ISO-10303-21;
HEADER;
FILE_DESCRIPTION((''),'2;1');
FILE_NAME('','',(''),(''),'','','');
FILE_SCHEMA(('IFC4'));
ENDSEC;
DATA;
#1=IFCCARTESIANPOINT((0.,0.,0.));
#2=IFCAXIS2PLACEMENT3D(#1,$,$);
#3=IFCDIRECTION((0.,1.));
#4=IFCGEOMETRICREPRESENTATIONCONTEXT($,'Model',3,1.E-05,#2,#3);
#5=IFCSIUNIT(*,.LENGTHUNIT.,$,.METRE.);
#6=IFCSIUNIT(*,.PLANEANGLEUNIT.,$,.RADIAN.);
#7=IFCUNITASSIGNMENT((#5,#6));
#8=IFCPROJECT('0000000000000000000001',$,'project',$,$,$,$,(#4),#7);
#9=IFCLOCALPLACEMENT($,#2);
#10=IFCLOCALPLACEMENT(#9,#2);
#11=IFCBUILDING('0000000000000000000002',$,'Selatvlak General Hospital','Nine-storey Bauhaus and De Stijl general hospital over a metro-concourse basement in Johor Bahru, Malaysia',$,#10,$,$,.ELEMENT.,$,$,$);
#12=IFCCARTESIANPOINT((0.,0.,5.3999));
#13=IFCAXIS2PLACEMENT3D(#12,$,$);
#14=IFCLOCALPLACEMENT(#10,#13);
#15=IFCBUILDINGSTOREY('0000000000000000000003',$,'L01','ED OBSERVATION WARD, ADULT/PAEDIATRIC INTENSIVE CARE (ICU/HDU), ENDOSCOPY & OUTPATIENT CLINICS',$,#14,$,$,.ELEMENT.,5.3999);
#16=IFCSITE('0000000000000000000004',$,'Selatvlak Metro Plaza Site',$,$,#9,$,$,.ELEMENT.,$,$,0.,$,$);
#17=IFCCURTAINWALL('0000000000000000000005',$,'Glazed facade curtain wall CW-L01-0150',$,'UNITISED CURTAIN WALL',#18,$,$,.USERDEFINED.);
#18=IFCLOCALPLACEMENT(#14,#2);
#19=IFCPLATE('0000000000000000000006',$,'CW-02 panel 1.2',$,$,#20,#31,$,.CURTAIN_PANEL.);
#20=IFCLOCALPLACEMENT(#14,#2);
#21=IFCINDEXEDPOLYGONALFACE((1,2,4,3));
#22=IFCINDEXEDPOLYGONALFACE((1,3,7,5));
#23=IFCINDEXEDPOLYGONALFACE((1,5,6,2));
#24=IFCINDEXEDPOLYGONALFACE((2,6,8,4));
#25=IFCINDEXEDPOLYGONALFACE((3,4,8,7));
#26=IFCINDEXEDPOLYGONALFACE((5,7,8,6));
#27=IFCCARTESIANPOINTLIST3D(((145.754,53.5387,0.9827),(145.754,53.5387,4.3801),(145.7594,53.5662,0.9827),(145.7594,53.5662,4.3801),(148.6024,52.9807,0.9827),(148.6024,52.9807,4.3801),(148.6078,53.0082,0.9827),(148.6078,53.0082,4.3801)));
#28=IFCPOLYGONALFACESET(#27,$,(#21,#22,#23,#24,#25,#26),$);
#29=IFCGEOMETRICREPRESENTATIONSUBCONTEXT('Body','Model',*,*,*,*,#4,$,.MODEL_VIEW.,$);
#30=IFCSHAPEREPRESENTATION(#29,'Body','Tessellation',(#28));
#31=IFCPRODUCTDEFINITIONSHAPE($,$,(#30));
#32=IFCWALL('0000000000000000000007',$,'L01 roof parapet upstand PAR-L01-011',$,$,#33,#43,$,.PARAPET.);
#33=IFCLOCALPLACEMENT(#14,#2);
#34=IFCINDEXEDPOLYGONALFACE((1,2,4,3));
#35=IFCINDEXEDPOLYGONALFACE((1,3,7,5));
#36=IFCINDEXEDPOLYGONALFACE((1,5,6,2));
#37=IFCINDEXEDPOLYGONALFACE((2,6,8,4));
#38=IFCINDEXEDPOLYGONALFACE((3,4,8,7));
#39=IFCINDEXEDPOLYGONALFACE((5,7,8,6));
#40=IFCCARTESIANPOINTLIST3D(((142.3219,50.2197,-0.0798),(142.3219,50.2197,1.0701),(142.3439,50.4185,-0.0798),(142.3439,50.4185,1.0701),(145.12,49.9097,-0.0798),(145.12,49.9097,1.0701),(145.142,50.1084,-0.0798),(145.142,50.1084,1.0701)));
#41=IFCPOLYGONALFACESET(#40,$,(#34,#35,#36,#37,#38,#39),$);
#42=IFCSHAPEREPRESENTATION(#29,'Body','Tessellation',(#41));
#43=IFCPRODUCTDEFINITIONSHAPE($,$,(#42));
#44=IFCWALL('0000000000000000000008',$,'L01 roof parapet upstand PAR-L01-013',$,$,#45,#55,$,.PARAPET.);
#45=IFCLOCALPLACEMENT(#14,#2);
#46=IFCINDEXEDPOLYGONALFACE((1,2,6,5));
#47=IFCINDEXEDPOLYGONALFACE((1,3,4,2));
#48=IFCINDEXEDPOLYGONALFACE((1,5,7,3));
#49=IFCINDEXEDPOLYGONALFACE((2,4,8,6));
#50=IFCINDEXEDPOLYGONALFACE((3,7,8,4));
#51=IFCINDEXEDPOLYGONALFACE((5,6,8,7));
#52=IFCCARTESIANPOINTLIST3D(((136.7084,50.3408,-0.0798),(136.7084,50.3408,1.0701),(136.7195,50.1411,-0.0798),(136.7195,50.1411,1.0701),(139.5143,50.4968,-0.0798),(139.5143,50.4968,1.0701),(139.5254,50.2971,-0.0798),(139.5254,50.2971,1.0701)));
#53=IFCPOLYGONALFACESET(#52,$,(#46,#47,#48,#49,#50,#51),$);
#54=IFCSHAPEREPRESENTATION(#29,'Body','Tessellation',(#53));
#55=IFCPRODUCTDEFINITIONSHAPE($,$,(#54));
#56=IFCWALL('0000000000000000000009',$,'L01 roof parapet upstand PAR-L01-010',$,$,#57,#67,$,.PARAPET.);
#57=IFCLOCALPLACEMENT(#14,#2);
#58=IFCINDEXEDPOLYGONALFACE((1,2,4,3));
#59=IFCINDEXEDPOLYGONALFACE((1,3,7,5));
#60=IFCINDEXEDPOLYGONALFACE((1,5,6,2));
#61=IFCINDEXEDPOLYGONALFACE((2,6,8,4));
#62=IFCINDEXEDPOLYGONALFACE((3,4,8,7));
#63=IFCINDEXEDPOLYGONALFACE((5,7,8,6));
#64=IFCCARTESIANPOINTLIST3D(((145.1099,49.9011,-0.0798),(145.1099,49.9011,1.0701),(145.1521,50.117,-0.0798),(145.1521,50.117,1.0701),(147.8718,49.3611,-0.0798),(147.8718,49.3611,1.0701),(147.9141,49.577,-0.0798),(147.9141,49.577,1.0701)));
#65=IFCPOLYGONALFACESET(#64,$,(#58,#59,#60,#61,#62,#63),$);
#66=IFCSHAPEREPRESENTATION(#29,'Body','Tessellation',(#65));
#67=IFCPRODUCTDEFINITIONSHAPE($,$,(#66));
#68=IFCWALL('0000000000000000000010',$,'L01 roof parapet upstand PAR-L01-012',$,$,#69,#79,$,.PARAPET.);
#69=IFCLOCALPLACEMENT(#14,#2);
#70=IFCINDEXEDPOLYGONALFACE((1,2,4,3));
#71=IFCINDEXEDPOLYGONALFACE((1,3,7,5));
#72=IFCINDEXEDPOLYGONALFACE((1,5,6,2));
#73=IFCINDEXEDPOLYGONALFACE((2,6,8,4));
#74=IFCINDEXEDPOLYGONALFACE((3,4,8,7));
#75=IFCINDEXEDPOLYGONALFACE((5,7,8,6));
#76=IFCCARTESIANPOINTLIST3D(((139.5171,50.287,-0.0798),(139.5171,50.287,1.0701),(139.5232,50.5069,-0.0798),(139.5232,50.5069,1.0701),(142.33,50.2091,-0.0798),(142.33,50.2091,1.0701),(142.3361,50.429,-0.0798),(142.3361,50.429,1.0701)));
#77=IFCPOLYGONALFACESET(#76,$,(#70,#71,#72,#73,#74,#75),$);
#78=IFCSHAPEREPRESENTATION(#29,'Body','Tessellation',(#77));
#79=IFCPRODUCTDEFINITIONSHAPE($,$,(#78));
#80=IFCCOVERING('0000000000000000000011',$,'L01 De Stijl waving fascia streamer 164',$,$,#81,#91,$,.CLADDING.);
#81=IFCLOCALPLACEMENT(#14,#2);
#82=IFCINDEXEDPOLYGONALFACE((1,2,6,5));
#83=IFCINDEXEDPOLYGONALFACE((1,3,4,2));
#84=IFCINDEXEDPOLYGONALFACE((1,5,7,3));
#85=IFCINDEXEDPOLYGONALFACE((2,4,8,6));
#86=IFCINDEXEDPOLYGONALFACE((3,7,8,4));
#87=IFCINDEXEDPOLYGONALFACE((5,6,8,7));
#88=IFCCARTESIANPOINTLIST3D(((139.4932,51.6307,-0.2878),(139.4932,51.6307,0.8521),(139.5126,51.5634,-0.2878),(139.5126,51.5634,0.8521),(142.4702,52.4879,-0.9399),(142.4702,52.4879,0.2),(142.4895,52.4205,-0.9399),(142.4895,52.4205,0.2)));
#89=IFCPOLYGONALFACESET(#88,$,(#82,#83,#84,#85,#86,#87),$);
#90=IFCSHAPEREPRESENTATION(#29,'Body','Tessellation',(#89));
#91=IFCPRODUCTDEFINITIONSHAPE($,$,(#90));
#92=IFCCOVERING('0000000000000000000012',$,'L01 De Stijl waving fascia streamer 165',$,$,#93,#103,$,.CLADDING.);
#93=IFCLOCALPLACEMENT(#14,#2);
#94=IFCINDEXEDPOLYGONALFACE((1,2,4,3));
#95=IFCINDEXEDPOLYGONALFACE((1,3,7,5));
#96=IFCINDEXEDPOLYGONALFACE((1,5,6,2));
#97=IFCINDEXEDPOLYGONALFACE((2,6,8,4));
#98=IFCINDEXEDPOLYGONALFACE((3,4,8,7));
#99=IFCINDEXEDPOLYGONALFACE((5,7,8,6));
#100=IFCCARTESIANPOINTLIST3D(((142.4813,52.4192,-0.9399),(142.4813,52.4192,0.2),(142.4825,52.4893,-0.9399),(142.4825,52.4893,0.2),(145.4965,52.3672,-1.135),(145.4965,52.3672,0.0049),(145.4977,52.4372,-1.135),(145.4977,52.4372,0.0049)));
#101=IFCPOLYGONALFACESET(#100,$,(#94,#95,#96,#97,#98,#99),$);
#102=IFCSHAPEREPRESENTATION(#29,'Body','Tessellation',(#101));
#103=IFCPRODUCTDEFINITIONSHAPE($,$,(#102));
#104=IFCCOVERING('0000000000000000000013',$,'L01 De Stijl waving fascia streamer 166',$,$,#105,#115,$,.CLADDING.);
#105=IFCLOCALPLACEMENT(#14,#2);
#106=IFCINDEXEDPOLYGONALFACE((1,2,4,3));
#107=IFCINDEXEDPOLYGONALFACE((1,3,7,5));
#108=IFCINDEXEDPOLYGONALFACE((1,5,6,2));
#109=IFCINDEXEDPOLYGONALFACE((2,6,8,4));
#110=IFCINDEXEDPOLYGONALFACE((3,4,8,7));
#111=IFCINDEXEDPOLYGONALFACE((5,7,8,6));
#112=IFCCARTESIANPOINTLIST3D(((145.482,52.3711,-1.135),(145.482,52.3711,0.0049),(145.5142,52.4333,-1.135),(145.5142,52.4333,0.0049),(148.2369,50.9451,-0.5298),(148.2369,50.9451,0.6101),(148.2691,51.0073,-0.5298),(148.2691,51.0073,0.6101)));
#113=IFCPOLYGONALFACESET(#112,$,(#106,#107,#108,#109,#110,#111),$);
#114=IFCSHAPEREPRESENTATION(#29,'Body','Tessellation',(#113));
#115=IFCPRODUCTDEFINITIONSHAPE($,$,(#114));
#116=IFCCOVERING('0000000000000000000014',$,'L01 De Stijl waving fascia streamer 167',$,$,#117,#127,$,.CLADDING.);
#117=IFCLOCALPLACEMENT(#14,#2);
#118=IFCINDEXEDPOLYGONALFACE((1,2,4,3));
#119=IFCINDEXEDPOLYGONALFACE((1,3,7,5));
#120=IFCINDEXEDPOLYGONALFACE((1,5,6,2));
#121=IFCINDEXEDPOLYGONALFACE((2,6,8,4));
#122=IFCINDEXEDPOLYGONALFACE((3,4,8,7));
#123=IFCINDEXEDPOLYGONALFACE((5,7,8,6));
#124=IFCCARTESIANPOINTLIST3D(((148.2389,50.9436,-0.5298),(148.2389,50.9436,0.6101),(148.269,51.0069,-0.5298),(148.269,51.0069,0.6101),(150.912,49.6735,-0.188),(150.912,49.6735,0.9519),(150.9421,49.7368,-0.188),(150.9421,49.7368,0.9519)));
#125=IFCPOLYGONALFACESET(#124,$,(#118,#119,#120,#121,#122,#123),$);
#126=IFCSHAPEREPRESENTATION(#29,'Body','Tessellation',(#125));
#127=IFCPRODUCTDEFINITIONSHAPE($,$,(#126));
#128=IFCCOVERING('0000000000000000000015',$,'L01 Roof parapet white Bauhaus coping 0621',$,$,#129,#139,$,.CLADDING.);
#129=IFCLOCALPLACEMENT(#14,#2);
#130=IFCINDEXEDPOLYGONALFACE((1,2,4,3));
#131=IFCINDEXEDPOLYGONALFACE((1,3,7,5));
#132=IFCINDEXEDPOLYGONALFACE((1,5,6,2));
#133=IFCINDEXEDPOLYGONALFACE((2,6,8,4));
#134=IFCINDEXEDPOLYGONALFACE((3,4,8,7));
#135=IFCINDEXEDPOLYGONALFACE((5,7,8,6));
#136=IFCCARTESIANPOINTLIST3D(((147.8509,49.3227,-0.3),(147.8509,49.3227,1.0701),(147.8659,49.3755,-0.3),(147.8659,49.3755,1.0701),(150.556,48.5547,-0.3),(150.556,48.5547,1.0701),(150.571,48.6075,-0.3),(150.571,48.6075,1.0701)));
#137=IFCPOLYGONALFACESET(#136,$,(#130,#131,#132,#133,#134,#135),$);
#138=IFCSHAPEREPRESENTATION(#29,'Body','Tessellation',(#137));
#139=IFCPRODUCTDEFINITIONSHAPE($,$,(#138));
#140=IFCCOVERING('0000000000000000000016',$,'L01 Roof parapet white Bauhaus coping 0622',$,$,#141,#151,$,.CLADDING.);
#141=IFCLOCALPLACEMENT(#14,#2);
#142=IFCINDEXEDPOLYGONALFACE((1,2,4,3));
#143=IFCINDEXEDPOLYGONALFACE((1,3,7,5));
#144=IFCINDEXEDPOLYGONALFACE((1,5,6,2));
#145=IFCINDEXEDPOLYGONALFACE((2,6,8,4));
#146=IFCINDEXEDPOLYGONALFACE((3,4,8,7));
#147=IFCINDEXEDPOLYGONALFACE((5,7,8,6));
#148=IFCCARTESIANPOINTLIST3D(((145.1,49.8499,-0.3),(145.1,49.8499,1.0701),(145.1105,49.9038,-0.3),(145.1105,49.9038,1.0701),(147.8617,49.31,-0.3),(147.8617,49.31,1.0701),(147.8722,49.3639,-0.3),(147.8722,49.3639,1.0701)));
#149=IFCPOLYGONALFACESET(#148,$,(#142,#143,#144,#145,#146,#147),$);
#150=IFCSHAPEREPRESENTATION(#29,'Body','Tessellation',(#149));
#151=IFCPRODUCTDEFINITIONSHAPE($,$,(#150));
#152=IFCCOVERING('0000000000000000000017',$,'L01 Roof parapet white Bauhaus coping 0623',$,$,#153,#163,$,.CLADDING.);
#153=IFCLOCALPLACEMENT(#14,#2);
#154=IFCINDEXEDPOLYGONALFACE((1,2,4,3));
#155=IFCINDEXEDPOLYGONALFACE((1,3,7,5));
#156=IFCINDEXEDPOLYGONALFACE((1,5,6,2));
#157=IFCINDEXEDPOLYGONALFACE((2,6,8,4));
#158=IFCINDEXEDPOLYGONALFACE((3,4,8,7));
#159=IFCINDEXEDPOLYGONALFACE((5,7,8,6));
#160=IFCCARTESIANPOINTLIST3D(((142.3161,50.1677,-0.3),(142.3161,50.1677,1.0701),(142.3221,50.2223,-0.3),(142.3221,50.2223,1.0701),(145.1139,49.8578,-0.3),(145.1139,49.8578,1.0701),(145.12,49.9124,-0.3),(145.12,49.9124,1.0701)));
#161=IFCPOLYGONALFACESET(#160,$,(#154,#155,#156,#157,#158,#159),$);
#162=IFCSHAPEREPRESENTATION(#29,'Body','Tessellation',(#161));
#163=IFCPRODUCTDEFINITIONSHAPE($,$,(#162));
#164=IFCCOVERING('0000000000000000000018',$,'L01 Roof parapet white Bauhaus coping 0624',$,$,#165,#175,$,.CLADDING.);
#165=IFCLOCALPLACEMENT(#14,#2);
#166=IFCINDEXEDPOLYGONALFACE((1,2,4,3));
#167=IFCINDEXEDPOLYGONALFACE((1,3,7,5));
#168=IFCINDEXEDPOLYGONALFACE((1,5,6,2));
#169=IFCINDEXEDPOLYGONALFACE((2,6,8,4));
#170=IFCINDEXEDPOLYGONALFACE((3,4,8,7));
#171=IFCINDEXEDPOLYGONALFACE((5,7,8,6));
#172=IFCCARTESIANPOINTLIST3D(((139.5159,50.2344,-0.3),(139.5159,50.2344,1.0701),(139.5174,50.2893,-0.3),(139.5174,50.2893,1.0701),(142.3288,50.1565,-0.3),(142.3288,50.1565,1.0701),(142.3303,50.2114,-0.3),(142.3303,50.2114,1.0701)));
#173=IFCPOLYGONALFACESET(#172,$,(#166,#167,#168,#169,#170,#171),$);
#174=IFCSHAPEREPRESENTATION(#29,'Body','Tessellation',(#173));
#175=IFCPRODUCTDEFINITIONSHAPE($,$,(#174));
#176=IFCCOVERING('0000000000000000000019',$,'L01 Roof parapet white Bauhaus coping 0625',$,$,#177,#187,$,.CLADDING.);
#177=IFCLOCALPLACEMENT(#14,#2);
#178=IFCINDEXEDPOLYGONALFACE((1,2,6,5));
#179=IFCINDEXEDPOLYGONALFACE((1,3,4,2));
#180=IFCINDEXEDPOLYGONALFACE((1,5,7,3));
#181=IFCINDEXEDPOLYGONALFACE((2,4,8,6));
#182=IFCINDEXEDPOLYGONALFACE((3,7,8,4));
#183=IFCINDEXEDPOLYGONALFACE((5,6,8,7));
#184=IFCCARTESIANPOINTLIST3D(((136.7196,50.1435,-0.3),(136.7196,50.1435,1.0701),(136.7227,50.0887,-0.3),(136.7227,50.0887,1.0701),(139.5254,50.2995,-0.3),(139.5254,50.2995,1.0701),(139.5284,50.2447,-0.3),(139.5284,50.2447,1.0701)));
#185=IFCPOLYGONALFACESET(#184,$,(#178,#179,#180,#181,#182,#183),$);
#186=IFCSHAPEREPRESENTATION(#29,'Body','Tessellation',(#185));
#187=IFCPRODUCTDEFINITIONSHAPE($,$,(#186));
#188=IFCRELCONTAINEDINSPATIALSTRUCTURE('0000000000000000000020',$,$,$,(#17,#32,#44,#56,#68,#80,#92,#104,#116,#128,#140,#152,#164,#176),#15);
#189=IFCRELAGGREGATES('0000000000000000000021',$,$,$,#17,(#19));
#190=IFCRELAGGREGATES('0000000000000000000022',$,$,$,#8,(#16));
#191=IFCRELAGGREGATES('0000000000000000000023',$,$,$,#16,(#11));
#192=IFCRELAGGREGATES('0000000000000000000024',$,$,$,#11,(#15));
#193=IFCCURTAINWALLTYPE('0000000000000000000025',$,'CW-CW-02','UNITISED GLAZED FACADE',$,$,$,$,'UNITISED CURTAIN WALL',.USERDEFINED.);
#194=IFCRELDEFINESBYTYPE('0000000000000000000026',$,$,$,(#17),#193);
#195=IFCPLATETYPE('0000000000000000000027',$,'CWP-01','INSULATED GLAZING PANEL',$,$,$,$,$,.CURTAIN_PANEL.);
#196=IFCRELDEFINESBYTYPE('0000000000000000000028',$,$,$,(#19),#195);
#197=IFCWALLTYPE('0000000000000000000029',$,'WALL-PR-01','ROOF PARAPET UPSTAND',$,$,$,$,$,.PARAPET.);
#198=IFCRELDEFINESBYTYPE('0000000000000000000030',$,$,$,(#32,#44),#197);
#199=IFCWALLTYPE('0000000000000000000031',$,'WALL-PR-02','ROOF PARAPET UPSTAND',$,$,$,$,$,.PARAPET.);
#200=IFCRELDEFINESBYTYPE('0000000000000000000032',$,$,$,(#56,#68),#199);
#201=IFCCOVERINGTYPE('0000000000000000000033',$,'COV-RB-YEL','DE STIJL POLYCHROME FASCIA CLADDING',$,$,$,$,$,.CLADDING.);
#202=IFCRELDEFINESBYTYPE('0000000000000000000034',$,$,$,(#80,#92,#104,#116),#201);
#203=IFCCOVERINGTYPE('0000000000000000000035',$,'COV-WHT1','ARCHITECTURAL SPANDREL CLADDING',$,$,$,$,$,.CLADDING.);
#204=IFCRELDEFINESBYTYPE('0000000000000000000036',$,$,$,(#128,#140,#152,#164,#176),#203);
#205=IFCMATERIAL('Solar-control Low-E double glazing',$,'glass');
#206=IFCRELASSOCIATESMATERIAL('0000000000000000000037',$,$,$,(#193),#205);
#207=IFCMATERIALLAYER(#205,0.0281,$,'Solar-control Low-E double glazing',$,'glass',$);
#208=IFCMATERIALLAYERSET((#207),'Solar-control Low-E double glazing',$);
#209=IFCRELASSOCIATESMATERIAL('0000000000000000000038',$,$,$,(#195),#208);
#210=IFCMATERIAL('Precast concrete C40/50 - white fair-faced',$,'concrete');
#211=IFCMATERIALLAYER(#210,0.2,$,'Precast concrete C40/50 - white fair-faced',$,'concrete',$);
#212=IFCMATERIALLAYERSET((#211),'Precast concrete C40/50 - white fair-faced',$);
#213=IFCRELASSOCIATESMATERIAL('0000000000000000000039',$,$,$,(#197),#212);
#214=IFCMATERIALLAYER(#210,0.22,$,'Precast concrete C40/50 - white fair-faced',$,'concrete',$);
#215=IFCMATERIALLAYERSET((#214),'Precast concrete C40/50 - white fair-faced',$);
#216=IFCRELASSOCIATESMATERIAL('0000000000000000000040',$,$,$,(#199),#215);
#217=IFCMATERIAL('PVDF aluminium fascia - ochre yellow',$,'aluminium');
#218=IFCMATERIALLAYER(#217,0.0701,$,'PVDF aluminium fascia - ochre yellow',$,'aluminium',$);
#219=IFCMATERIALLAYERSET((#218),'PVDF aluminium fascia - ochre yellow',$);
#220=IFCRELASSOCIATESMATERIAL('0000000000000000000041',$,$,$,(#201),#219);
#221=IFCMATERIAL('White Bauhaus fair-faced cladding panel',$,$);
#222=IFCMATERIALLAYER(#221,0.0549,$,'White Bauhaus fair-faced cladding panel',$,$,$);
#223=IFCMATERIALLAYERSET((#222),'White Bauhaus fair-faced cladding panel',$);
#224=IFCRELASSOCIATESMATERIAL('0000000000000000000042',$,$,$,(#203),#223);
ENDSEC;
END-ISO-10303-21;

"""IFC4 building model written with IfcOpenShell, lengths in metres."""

from ifc_helpers import new_model, si_unit, direction, frame, frame_2d, origin, origin_2d, place, context, subcontext, project, spatial, polyline, rectangle, outline, extrude, material, layer, layer_set, type_object, element, aggregate, save


model = new_model("IFC4")

# Units and contexts
model_context = context("Model", 3, precision=1e-05, world=origin(), true_north=direction((0.0, 1.0)))
body_context = subcontext(model_context, "Body", "Model", "MODEL_VIEW")
ifc_project = project(units=[si_unit("LENGTHUNIT", "METRE"), si_unit("PLANEANGLEUNIT", "RADIAN")], contexts=[model_context])

# Site, building, storey
site_placement = place(None, origin())
site = spatial("IfcSite", under=ifc_project, at=site_placement, Name="Selatvlak Metro Plaza Site", CompositionType="ELEMENT", RefElevation=0.0)
building_placement = place(site_placement, origin())
building = spatial("IfcBuilding", under=site, at=building_placement, Name="Selatvlak General Hospital", Description="Nine-storey Bauhaus and De Stijl general hospital over a metro-concourse basement in Johor Bahru, Malaysia", CompositionType="ELEMENT")
storey_placement = place(building_placement, frame((0.0, 0.0, 5.3999)))
storey = spatial("IfcBuildingStorey", under=building, at=storey_placement, Name="L01", Description="ED OBSERVATION WARD, ADULT/PAEDIATRIC INTENSIVE CARE (ICU/HDU), ENDOSCOPY & OUTPATIENT CLINICS", CompositionType="ELEMENT", Elevation=5.3999)

# Shared definitions
ifc_material_1 = material(Name="Solar-control Low-E double glazing", Category="glass")

# Curtain wall
curtain_wall_type_1 = type_object("IfcCurtainWallType", Name="CW-CW-02", Description="UNITISED GLAZED FACADE", ElementType="UNITISED CURTAIN WALL", PredefinedType="USERDEFINED", material=ifc_material_1)
curtain_wall_1_placement = place(storey_placement, origin())
curtain_wall_1 = element("IfcCurtainWall", 1, at=curtain_wall_1_placement, inside=storey, type_object=curtain_wall_type_1, Name="Glazed facade curtain wall CW-L01-0150", ObjectType="UNITISED CURTAIN WALL", PredefinedType="USERDEFINED")

# Plate
ifc_layer_1 = layer(ifc_material_1, 0.0281, Name="Solar-control Low-E double glazing", Category="glass")
ifc_layer_set_1 = layer_set([ifc_layer_1], Name="Solar-control Low-E double glazing")
plate_type = type_object("IfcPlateType", Name="CWP-01", Description="INSULATED GLAZING PANEL", PredefinedType="CURTAIN_PANEL", material=ifc_layer_set_1)
plate_1_placement = place(storey_placement, frame((147.1809, 53.2734, 0.9827), z_axis=(0.0, 0.0, 1.0), x_axis=(-0.981347, 0.192246, 0.0)))
plate_1 = element("IfcPlate", 2, at=plate_1_placement, type_object=plate_type, Name="CW-02 panel 1.2", PredefinedType="CURTAIN_PANEL", context=body_context, shape_type="SweptSolid", body=[
    extrude(rectangle(XDim=2.9026, YDim=0.0281, at=origin_2d()), origin(), (0.0, 0.0, 1.0), 3.3975),
])
aggregate(curtain_wall_1, [plate_1])

# Walls
ifc_material_2 = material(Name="Precast concrete C40/50 - white fair-faced", Category="concrete")
ifc_layer_2 = layer(ifc_material_2, 0.2, Name="Precast concrete C40/50 - white fair-faced", Category="concrete")
ifc_layer_set_2 = layer_set([ifc_layer_2], Name="Precast concrete C40/50 - white fair-faced")
wall_type_1 = type_object("IfcWallType", Name="WALL-PR-01", Description="ROOF PARAPET UPSTAND", PredefinedType="PARAPET", material=ifc_layer_set_2)
wall_1_placement = place(storey_placement, frame((145.1311, 50.009, -0.0798), z_axis=(0.0, 0.0, 1.0), x_axis=(-0.993916, 0.110136, 0.0)))
element("IfcWall", 3, at=wall_1_placement, inside=storey, type_object=wall_type_1, Name="L01 roof parapet upstand PAR-L01-011", PredefinedType="PARAPET", context=body_context, shape_type="SweptSolid", body=[
    extrude(rectangle(XDim=2.8152, YDim=0.2, at=frame_2d((1.4077, 0.0))), origin(), (0.0, 0.0, 1.0), 1.1499),
])
wall_2_placement = place(storey_placement, frame((139.52, 50.397, -0.0798), z_axis=(0.0, 0.0, 1.0), x_axis=(-0.998458, -0.055513, 0.0)))
element("IfcWall", 4, at=wall_2_placement, inside=storey, type_object=wall_type_1, Name="L01 roof parapet upstand PAR-L01-013", PredefinedType="PARAPET", context=body_context, shape_type="SweptSolid", body=[
    extrude(rectangle(XDim=2.8103, YDim=0.2, at=frame_2d((1.4053, 0.0))), origin(), (0.0, 0.0, 1.0), 1.1499),
])
ifc_layer_3 = layer(ifc_material_2, 0.22, Name="Precast concrete C40/50 - white fair-faced", Category="concrete")
ifc_layer_set_3 = layer_set([ifc_layer_3], Name="Precast concrete C40/50 - white fair-faced")
wall_type_2 = type_object("IfcWallType", Name="WALL-PR-02", Description="ROOF PARAPET UPSTAND", PredefinedType="PARAPET", material=ifc_layer_set_3)
wall_3_placement = place(storey_placement, frame((147.8931, 49.469, -0.0798), z_axis=(0.0, 0.0, 1.0), x_axis=(-0.981416, 0.191894, 0.0)))
element("IfcWall", 5, at=wall_3_placement, inside=storey, type_object=wall_type_2, Name="L01 roof parapet upstand PAR-L01-010", PredefinedType="PARAPET", context=body_context, shape_type="SweptSolid", body=[
    extrude(rectangle(XDim=2.8142, YDim=0.22, at=frame_2d((1.4072, 0.0))), origin(), (0.0, 0.0, 1.0), 1.1499),
])
wall_4_placement = place(storey_placement, frame((142.333, 50.3191, -0.0798), z_axis=(0.0, 0.0, 1.0), x_axis=(-0.999617, 0.027676, 0.0)))
element("IfcWall", 6, at=wall_4_placement, inside=storey, type_object=wall_type_2, Name="L01 roof parapet upstand PAR-L01-012", PredefinedType="PARAPET", context=body_context, shape_type="SweptSolid", body=[
    extrude(rectangle(XDim=2.814, YDim=0.22, at=frame_2d((1.407, 0.0))), origin(), (0.0, 0.0, 1.0), 1.1499),
])

# Coverings
ifc_material_3 = material(Name="PVDF aluminium fascia - ochre yellow", Category="aluminium")
ifc_layer_4 = layer(ifc_material_3, 0.0701, Name="PVDF aluminium fascia - ochre yellow", Category="aluminium")
ifc_layer_set_4 = layer_set([ifc_layer_4], Name="PVDF aluminium fascia - ochre yellow")
covering_type_1 = type_object("IfcCoveringType", Name="COV-RB-YEL", Description="DE STIJL POLYCHROME FASCIA CLADDING", PredefinedType="CLADDING", material=ifc_layer_set_4)
covering_1_placement = place(storey_placement, frame((139.5029, 51.5969, -0.2878), z_axis=(0.0, 0.0, 1.0), x_axis=(0.96096, 0.276688, 0.0)))
element("IfcCovering", 7, at=covering_1_placement, inside=storey, type_object=covering_type_1, Name="L01 De Stijl waving fascia streamer 164", PredefinedType="CLADDING", context=body_context, shape_type="SweptSolid", body=[
    extrude(outline(polyline([(0.0, 0.0), (3.0979, -0.6521), (3.0979, 0.4878), (0.0, 1.1399), (0.0, 0.0)])), frame((0.0, 0.0352, 0.0), z_axis=(0.0, -1.0, 0.0), x_axis=(1.0, 0.0, 0.0)), (0.0, 0.0, 1.0), 0.0701),
])
covering_2_placement = place(storey_placement, frame((142.4819, 52.4541, -0.9399), z_axis=(0.0, 0.0, 1.0), x_axis=(0.999851, -0.017244, 0.0)))
element("IfcCovering", 8, at=covering_2_placement, inside=storey, type_object=covering_type_1, Name="L01 De Stijl waving fascia streamer 165", PredefinedType="CLADDING", context=body_context, shape_type="SweptSolid", body=[
    extrude(outline(polyline([(0.0, 0.0), (3.0156, -0.1951), (3.0156, 0.9448), (0.0, 1.1399), (0.0, 0.0)])), frame((0.0, 0.0352, 0.0), z_axis=(0.0, -1.0, 0.0), x_axis=(1.0, 0.0, 0.0)), (0.0, 0.0, 1.0), 0.0701),
])
covering_3_placement = place(storey_placement, frame((145.498, 52.4021, -1.135), z_axis=(0.0, 0.0, 1.0), x_axis=(0.888075, -0.459699, 0.0)))
element("IfcCovering", 9, at=covering_3_placement, inside=storey, type_object=covering_type_1, Name="L01 De Stijl waving fascia streamer 166", PredefinedType="CLADDING", context=body_context, shape_type="SweptSolid", body=[
    extrude(outline(polyline([(0.0, 0.0), (3.1021, 0.6052), (3.1021, 1.7451), (0.0, 1.1399), (0.0, 0.0)])), frame((0.0, 0.0352, 0.0), z_axis=(0.0, -1.0, 0.0), x_axis=(1.0, 0.0, 0.0)), (0.0, 0.0, 1.0), 0.0701),
])
covering_4_placement = place(storey_placement, frame((148.2539, 50.9751, -0.5298), z_axis=(0.0, 0.0, 1.0), x_axis=(0.903238, -0.429139, 0.0)))
element("IfcCovering", 10, at=covering_4_placement, inside=storey, type_object=covering_type_1, Name="L01 De Stijl waving fascia streamer 167", PredefinedType="CLADDING", context=body_context, shape_type="SweptSolid", body=[
    extrude(outline(polyline([(0.0, 0.0), (2.9595, 0.3418), (2.9595, 1.4817), (0.0, 1.1399), (0.0, 0.0)])), frame((0.0, 0.0352, 0.0), z_axis=(0.0, -1.0, 0.0), x_axis=(1.0, 0.0, 0.0)), (0.0, 0.0, 1.0), 0.0701),
])
ifc_material_4 = material(Name="White Bauhaus fair-faced cladding panel")
ifc_layer_5 = layer(ifc_material_4, 0.0549, Name="White Bauhaus fair-faced cladding panel")
ifc_layer_set_5 = layer_set([ifc_layer_5], Name="White Bauhaus fair-faced cladding panel")
covering_type_2 = type_object("IfcCoveringType", Name="COV-WHT1", Description="ARCHITECTURAL SPANDREL CLADDING", PredefinedType="CLADDING", material=ifc_layer_set_5)
covering_5_placement = place(storey_placement, frame((149.2109, 48.9651, -0.3), z_axis=(0.0, 0.0, 1.0), x_axis=(-0.96198, 0.27312, 0.0)))
element("IfcCovering", 11, at=covering_5_placement, inside=storey, type_object=covering_type_2, Name="L01 Roof parapet white Bauhaus coping 0621", PredefinedType="CLADDING", context=body_context, shape_type="SweptSolid", body=[
    extrude(rectangle(XDim=2.812, YDim=0.0549, at=origin_2d()), origin(), (0.0, 0.0, 1.0), 1.3701),
])
covering_6_placement = place(storey_placement, frame((146.4861, 49.6069, -0.3), z_axis=(0.0, 0.0, 1.0), x_axis=(-0.98142, 0.191871, 0.0)))
element("IfcCovering", 12, at=covering_6_placement, inside=storey, type_object=covering_type_2, Name="L01 Roof parapet white Bauhaus coping 0622", PredefinedType="CLADDING", context=body_context, shape_type="SweptSolid", body=[
    extrude(rectangle(XDim=2.814, YDim=0.0549, at=origin_2d()), origin(), (0.0, 0.0, 1.0), 1.3701),
])
covering_7_placement = place(storey_placement, frame((143.718, 50.04, -0.3), z_axis=(0.0, 0.0, 1.0), x_axis=(-0.993919, 0.110116, 0.0)))
element("IfcCovering", 13, at=covering_7_placement, inside=storey, type_object=covering_type_2, Name="L01 Roof parapet white Bauhaus coping 0623", PredefinedType="CLADDING", context=body_context, shape_type="SweptSolid", body=[
    extrude(rectangle(XDim=2.8149, YDim=0.0549, at=origin_2d()), origin(), (0.0, 0.0, 1.0), 1.3701),
])
covering_8_placement = place(storey_placement, frame((140.9231, 50.2229, -0.3), z_axis=(0.0, 0.0, 1.0), x_axis=(-0.999616, 0.027712, 0.0)))
element("IfcCovering", 14, at=covering_8_placement, inside=storey, type_object=covering_type_2, Name="L01 Roof parapet white Bauhaus coping 0624", PredefinedType="CLADDING", context=body_context, shape_type="SweptSolid", body=[
    extrude(rectangle(XDim=2.814, YDim=0.0549, at=origin_2d()), origin(), (0.0, 0.0, 1.0), 1.3701),
])
covering_9_placement = place(storey_placement, frame((138.124, 50.1941, -0.3), z_axis=(0.0, 0.0, 1.0), x_axis=(-0.998458, -0.055508, 0.0)))
element("IfcCovering", 15, at=covering_9_placement, inside=storey, type_object=covering_type_2, Name="L01 Roof parapet white Bauhaus coping 0625", PredefinedType="CLADDING", context=body_context, shape_type="SweptSolid", body=[
    extrude(rectangle(XDim=2.8101, YDim=0.0549, at=origin_2d()), origin(), (0.0, 0.0, 1.0), 1.3701),
])

save(model, "model.ifc")
